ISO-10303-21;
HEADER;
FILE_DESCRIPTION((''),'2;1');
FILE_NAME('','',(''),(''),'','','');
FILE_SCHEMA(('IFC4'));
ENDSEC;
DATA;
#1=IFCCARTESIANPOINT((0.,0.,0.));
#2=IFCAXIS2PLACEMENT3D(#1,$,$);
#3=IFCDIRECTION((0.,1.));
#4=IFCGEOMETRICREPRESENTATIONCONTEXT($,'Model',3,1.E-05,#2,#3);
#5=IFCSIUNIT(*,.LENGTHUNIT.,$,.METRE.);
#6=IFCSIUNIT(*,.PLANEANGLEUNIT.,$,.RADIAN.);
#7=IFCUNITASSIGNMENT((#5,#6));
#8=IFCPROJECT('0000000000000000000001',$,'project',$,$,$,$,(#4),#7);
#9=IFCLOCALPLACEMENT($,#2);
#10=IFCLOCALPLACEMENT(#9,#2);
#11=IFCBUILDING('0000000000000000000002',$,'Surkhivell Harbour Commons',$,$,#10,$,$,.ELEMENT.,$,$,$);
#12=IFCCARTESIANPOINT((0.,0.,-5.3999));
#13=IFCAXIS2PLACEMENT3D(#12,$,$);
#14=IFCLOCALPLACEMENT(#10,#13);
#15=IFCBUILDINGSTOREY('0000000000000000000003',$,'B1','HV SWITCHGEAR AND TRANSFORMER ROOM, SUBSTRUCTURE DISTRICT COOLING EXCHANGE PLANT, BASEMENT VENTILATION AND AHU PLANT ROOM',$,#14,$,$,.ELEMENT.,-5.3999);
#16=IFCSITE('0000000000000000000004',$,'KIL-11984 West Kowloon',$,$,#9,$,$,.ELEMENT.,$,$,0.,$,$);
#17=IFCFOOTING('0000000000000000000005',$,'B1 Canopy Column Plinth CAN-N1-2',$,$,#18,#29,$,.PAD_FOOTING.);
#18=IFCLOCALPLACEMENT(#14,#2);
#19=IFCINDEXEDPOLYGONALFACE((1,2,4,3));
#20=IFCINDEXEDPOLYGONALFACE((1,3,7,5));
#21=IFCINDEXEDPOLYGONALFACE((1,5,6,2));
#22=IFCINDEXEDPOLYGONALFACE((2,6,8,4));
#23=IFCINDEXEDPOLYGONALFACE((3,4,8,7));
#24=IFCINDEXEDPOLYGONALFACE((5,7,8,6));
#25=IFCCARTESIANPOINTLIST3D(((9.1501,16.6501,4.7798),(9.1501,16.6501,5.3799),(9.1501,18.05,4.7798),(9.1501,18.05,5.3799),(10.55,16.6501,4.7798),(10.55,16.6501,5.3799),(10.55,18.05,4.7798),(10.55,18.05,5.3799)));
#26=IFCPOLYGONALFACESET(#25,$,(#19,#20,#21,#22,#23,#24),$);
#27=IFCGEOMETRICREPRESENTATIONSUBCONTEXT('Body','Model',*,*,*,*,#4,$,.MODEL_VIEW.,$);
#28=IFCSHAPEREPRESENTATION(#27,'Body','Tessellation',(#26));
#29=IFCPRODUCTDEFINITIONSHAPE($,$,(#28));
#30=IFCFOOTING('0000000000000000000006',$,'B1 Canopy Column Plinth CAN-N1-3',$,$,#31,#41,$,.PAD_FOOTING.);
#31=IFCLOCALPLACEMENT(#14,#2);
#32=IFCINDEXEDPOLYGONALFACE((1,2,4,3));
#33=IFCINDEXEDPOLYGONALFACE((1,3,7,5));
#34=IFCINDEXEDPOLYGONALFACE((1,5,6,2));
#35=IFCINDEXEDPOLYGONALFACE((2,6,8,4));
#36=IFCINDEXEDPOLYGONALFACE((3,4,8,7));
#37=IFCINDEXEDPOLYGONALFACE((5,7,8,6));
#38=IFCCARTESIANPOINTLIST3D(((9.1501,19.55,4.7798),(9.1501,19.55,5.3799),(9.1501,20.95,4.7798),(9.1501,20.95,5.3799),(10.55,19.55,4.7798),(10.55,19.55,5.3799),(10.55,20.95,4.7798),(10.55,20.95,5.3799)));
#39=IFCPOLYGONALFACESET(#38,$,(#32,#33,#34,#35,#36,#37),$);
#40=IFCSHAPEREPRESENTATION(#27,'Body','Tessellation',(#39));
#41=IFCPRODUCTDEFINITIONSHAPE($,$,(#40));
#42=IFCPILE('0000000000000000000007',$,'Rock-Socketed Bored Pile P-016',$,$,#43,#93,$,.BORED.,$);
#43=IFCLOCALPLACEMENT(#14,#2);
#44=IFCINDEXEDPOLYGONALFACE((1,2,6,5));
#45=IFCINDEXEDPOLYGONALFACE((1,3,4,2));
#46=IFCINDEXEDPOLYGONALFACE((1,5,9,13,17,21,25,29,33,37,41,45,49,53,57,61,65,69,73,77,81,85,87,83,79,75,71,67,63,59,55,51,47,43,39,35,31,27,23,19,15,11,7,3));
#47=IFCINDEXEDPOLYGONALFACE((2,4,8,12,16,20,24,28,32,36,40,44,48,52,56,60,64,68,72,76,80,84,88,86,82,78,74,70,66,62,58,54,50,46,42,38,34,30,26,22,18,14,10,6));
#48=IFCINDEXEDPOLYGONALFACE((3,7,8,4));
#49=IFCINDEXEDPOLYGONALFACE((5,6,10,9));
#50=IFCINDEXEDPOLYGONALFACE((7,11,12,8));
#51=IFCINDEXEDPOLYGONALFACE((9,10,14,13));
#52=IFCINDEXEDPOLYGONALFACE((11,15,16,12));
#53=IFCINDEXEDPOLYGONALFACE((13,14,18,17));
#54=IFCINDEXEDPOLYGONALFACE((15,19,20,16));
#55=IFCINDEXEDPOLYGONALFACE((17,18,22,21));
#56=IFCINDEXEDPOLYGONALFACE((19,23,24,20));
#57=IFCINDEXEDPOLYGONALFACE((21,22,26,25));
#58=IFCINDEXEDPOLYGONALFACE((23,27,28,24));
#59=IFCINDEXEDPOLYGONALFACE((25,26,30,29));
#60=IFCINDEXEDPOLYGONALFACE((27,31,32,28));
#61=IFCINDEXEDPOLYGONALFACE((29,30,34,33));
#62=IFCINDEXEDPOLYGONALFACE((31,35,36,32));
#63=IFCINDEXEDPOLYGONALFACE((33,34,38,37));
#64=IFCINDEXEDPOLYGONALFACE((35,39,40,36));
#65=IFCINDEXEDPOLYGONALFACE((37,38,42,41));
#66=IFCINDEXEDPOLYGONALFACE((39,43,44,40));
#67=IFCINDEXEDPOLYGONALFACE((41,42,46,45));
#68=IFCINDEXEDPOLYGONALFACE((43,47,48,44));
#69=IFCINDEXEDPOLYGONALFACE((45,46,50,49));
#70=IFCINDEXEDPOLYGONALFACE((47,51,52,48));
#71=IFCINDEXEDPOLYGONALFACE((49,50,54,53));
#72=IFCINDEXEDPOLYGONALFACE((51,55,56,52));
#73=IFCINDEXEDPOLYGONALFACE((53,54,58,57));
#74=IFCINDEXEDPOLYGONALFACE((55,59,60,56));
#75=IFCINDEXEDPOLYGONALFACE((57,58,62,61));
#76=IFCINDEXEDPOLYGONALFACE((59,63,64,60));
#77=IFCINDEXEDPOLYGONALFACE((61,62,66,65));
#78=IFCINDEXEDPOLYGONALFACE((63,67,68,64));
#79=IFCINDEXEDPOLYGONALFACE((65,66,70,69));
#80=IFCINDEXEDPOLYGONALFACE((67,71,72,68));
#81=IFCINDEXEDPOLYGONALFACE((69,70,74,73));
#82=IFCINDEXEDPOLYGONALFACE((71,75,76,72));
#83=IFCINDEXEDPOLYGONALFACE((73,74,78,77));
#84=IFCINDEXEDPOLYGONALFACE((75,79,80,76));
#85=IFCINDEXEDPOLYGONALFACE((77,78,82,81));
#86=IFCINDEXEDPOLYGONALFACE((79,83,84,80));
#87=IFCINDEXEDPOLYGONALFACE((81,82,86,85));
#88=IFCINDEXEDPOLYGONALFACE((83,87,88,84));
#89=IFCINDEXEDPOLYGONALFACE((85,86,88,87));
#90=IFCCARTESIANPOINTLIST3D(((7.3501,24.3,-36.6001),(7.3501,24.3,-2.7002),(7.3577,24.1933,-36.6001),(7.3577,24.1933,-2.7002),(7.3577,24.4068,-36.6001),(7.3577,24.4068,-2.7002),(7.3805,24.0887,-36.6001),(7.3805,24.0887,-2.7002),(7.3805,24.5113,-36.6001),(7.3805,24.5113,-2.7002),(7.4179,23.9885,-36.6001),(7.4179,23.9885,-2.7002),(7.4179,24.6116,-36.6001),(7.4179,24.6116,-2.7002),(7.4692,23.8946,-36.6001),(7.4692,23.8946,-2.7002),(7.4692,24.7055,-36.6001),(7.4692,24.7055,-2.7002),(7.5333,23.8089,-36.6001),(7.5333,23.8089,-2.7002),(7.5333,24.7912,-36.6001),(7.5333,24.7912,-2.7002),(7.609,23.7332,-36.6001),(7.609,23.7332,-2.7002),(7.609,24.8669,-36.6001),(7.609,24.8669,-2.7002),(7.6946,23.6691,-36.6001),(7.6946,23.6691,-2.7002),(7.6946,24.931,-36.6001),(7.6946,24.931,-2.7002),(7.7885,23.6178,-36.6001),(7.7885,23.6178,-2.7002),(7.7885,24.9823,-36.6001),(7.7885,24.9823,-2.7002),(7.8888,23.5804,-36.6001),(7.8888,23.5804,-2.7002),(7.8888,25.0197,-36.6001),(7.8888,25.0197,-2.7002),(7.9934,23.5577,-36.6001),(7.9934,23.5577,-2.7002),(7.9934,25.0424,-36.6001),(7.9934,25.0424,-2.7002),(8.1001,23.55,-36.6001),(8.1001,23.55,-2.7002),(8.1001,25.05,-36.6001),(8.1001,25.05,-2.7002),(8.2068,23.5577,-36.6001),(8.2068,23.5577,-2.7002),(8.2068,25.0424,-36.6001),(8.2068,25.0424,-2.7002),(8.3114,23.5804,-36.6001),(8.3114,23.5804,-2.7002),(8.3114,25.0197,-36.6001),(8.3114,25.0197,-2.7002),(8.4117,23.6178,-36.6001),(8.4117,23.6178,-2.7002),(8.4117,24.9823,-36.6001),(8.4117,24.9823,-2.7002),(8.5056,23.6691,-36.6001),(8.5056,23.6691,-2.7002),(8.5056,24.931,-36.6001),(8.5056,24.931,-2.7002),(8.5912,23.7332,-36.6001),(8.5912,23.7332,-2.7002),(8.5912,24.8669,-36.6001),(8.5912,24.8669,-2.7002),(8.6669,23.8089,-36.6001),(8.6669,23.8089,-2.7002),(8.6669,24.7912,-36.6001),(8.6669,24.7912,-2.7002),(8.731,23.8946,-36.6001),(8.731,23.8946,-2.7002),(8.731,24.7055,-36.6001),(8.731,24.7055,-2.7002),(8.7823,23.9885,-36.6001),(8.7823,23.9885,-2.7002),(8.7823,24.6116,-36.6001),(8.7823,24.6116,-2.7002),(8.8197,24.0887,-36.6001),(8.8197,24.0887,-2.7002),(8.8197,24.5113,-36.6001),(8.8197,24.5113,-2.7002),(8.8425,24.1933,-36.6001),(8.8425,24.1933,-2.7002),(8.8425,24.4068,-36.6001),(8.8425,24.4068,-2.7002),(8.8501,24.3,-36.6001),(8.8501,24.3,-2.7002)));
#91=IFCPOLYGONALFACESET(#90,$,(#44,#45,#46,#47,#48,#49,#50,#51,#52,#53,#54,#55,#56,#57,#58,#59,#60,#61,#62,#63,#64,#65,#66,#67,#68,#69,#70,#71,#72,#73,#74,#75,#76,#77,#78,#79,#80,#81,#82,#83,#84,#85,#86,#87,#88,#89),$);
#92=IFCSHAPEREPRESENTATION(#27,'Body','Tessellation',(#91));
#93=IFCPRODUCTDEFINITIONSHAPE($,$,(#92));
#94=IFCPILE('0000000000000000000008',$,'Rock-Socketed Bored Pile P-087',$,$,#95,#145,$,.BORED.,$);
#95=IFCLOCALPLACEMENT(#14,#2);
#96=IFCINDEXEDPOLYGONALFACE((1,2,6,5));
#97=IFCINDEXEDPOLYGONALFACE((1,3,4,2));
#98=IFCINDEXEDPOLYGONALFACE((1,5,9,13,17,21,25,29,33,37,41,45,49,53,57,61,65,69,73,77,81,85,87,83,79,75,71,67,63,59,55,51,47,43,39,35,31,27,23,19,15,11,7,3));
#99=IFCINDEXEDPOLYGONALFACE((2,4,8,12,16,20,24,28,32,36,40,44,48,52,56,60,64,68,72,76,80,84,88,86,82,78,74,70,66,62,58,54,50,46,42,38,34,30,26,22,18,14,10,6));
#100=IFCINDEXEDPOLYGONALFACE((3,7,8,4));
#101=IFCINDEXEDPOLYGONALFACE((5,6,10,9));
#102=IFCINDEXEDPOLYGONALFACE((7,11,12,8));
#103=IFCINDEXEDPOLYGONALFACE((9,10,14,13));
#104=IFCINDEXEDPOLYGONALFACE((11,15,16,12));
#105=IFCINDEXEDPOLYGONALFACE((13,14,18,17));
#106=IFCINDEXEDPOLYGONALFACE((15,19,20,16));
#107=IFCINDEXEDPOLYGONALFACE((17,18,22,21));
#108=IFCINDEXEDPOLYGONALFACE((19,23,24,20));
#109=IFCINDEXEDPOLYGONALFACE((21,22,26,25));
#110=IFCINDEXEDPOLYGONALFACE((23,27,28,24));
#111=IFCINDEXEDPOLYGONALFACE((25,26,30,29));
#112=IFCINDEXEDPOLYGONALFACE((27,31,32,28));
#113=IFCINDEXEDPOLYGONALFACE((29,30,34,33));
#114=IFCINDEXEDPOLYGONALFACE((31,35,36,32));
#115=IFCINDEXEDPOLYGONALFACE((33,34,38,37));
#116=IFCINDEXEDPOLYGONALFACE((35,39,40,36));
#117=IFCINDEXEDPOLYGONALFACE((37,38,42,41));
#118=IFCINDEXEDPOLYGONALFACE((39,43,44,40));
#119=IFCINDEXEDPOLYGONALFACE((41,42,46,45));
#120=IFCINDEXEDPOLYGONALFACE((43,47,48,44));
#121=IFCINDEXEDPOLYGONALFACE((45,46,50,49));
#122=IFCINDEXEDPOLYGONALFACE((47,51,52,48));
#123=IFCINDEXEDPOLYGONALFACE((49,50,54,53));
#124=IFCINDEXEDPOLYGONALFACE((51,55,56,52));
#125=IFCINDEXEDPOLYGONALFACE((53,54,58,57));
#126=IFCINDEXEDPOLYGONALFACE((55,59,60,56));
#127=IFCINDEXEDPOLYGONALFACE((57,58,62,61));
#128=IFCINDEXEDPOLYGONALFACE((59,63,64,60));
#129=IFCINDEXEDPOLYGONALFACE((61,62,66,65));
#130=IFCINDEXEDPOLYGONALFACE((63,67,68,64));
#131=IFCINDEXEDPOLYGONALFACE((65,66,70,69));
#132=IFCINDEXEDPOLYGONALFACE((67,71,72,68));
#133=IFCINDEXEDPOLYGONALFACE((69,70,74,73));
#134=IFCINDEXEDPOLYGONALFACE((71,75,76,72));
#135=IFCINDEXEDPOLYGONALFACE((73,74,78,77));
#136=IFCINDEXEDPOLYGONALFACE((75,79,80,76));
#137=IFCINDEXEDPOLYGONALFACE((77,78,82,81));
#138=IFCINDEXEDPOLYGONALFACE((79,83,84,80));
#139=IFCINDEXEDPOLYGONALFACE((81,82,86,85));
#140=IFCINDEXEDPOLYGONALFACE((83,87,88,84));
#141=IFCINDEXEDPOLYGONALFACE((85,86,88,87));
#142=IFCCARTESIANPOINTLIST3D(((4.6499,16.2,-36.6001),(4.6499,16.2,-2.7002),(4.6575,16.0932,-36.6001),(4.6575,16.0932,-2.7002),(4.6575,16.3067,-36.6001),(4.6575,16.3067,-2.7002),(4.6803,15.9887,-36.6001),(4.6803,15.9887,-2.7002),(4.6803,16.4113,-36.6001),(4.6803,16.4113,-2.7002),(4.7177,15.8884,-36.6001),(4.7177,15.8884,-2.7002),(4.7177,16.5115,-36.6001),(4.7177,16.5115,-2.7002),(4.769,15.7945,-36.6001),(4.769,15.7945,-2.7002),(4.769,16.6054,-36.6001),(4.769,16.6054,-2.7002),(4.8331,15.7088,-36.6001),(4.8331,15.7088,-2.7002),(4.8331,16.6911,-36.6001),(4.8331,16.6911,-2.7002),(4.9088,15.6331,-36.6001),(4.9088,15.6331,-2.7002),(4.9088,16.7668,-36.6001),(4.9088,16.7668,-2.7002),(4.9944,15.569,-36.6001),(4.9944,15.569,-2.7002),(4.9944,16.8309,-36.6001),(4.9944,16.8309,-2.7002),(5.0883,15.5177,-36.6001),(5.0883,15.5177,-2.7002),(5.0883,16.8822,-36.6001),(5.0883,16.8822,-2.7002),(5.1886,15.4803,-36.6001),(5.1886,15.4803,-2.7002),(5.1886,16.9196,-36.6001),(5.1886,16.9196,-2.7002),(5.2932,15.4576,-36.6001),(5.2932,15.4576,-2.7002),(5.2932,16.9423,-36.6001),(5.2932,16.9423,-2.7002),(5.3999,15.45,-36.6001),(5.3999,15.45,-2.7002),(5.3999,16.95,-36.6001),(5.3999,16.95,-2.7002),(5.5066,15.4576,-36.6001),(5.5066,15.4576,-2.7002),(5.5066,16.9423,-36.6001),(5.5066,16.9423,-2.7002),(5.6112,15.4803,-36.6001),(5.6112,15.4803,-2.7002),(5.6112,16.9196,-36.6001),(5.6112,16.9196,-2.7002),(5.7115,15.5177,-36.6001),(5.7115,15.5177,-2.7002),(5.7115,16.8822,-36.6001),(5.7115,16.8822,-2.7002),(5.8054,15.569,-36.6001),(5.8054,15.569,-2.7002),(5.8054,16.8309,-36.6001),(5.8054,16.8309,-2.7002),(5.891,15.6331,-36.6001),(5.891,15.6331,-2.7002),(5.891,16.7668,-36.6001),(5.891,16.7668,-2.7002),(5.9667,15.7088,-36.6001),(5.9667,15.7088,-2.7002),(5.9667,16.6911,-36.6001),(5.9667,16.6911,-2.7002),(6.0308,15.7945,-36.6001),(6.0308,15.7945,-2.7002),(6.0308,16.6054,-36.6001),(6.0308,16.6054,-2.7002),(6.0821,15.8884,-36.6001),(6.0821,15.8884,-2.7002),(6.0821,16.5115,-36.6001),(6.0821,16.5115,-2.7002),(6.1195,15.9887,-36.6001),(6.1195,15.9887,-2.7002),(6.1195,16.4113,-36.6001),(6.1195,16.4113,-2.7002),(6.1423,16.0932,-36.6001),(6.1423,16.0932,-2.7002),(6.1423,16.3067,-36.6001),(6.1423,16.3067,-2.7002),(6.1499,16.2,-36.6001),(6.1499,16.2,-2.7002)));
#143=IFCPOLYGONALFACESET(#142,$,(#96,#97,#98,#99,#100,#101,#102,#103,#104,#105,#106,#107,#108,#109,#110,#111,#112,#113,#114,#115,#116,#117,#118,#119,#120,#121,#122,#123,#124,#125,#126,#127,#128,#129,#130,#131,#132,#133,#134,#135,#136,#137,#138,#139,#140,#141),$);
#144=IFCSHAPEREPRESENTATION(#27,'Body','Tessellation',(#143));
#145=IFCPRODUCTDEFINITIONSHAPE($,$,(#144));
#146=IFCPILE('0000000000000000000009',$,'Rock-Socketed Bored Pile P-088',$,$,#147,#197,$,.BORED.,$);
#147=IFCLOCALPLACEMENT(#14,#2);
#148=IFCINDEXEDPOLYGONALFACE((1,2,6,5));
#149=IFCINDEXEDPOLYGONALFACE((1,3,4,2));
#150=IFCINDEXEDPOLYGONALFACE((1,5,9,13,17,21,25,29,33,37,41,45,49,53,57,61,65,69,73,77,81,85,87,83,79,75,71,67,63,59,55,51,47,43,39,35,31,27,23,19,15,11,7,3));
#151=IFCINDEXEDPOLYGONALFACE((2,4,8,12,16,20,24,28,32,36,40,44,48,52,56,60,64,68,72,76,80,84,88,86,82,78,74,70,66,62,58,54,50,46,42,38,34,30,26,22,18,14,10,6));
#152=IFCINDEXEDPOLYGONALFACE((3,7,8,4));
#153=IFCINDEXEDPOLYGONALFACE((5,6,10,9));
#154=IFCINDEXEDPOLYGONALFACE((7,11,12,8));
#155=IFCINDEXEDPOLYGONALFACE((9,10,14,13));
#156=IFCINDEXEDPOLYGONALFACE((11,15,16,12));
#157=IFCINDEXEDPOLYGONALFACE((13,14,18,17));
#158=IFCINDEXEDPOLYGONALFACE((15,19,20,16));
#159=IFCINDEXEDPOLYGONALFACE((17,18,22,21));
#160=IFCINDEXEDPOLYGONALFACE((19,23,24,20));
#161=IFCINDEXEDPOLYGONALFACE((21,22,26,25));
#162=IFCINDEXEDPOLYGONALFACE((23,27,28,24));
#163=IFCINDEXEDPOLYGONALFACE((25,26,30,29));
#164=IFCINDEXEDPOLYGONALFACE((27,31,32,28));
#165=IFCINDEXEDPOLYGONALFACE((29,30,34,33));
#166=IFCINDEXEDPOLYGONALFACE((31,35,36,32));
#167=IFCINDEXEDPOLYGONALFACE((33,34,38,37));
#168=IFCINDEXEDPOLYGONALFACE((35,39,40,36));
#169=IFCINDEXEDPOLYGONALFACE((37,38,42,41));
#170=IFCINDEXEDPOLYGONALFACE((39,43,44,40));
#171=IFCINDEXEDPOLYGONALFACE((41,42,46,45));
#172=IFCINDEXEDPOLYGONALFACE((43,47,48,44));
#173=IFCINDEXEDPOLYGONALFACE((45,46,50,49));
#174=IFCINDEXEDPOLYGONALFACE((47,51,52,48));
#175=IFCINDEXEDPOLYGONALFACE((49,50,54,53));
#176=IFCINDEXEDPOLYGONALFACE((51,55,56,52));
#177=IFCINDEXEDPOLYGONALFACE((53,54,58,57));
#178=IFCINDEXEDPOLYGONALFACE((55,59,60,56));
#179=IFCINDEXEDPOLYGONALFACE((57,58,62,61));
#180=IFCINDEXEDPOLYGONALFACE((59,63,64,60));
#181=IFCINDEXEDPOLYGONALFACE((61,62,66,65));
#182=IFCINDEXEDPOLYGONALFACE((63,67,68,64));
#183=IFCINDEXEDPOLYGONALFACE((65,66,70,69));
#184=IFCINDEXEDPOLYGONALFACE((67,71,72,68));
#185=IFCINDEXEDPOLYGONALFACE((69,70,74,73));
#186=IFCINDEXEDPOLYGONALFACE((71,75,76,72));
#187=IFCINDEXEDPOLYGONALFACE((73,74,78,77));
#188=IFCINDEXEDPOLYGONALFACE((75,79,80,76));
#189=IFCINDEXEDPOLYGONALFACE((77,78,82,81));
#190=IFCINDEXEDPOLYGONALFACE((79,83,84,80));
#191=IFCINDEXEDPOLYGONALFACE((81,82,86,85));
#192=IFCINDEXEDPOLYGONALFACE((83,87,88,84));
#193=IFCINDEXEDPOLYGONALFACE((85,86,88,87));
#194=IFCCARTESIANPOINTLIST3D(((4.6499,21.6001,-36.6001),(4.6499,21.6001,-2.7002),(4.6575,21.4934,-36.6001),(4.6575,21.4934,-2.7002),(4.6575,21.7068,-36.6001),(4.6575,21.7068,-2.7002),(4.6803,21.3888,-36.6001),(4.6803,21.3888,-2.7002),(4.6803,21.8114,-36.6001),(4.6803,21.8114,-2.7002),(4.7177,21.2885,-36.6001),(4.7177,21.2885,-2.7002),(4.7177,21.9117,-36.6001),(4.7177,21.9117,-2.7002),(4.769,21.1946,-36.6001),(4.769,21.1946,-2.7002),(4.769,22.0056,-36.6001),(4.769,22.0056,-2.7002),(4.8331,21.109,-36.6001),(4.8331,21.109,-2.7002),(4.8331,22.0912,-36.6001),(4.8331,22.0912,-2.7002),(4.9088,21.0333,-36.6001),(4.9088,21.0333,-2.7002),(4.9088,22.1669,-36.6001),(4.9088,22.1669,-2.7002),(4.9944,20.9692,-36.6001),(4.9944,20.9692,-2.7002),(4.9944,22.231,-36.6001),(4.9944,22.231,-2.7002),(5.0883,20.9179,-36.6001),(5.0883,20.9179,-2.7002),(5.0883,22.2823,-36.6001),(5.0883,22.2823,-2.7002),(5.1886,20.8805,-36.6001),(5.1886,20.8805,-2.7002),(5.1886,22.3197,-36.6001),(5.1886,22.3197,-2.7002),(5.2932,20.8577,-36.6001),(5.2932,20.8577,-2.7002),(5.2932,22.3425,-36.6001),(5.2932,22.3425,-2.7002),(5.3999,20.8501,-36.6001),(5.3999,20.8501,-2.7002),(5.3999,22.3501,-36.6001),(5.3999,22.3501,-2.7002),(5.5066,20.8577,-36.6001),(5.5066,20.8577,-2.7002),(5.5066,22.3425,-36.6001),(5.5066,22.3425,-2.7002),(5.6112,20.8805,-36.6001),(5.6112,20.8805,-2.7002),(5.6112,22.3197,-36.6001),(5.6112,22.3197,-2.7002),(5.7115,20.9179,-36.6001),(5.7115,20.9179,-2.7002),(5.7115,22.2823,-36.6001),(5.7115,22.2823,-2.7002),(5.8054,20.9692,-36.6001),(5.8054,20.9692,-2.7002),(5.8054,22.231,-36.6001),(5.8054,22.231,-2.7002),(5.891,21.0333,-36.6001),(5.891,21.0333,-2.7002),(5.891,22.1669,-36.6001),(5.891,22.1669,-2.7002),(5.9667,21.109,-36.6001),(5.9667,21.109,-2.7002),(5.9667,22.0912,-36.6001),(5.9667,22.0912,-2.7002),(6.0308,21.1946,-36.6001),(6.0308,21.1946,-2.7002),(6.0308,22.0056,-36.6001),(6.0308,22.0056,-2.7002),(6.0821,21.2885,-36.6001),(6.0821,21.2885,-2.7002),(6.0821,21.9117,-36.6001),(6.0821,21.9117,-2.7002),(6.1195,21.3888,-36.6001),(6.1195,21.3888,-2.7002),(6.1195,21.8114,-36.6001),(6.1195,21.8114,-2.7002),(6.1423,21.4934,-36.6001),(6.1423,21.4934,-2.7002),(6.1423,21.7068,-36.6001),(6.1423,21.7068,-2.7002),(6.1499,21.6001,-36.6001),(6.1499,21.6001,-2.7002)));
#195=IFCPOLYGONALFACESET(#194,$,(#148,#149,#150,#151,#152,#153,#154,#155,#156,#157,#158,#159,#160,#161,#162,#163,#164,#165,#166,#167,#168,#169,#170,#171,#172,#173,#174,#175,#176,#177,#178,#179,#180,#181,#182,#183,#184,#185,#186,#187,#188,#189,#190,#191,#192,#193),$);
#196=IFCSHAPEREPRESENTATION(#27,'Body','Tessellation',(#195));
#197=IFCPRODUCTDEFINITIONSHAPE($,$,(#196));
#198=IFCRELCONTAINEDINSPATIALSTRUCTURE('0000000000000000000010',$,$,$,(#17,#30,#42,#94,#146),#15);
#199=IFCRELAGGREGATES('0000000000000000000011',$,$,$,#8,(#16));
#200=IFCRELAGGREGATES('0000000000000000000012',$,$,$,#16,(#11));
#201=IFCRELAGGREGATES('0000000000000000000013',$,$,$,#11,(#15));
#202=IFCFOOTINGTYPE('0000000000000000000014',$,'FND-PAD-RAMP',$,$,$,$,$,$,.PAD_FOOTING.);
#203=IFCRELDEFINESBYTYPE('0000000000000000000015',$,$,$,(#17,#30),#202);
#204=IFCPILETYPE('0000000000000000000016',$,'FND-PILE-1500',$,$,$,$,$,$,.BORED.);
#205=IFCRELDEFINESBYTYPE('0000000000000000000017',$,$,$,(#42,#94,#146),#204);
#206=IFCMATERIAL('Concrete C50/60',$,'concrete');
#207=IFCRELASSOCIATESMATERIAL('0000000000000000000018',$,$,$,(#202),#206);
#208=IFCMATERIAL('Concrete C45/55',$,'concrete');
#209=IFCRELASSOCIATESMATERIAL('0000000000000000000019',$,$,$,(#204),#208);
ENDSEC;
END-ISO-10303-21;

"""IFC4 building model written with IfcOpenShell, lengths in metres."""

from ifc_helpers import new_model, si_unit, direction, frame, origin, origin_2d, place, context, subcontext, project, spatial, rectangle, circle, extrude, material, material_profile, profile_set, type_object, element, save


model = new_model("IFC4")

# Units and contexts
model_context = context("Model", 3, precision=1e-05, world=origin(), true_north=direction((0.0, 1.0)))
body_context = subcontext(model_context, "Body", "Model", "MODEL_VIEW")
ifc_project = project(units=[si_unit("LENGTHUNIT", "METRE"), si_unit("PLANEANGLEUNIT", "RADIAN")], contexts=[model_context])

# Site, building, storey
site_placement = place(None, origin())
site = spatial("IfcSite", under=ifc_project, at=site_placement, Name="KIL-11984 West Kowloon", CompositionType="ELEMENT", RefElevation=0.0)
building_placement = place(site_placement, origin())
building = spatial("IfcBuilding", under=site, at=building_placement, Name="Surkhivell Harbour Commons", CompositionType="ELEMENT")
storey_placement = place(building_placement, frame((0.0, 0.0, -5.3999)))
storey = spatial("IfcBuildingStorey", under=building, at=storey_placement, Name="B1", Description="HV SWITCHGEAR AND TRANSFORMER ROOM, SUBSTRUCTURE DISTRICT COOLING EXCHANGE PLANT, BASEMENT VENTILATION AND AHU PLANT ROOM", CompositionType="ELEMENT", Elevation=-5.3999)

# Footings
ifc_material_1 = material(Name="Concrete C50/60", Category="concrete")
footing_type = type_object("IfcFootingType", Name="FND-PAD-RAMP", PredefinedType="PAD_FOOTING", material=ifc_material_1)
for number, where, z_axis, x_axis, name in (
    (1, (9.8501, 17.3501, 4.7798), (0.0, 0.0, 1.0), (1.0, 0.0, 0.0), "B1 Canopy Column Plinth CAN-N1-2"),
    (2, (9.8501, 20.25, 4.7798), (0.0, 0.0, 1.0), (1.0, 0.0, 0.0), "B1 Canopy Column Plinth CAN-N1-3"),
):
    element("IfcFooting", number, at=place(storey_placement, frame(where, z_axis=z_axis, x_axis=x_axis)), inside=storey, type_object=footing_type, Name=name, PredefinedType="PAD_FOOTING", context=body_context, shape_type="SweptSolid", body=[
        extrude(rectangle(XDim=1.3999, YDim=1.3999, at=origin_2d()), origin(), (0.0, 0.0, 1.0), 0.6001),
    ])

# Piles
ifc_material_2 = material(Name="Concrete C45/55", Category="concrete")
ifc_material_profile_1 = material_profile(ifc_material_2, circle(Radius=0.75, at=origin_2d()), Name="PILE-1500")
ifc_profile_set_1 = profile_set([ifc_material_profile_1], Name="Concrete C45/55")
pile_type_1 = type_object("IfcPileType", Name="FND-PILE-1500", PredefinedType="BORED", material=ifc_profile_set_1)
for number, where, z_axis, x_axis, name in (
    (3, (8.1001, 24.3, -2.7002), (0.0, 0.0, -1.0), (1.0, 0.0, 0.0), "Rock-Socketed Bored Pile P-016"),
    (4, (5.3999, 16.2, -2.7002), (0.0, 0.0, -1.0), (1.0, 0.0, 0.0), "Rock-Socketed Bored Pile P-087"),
    (5, (5.3999, 21.6001, -2.7002), (0.0, 0.0, -1.0), (1.0, 0.0, 0.0), "Rock-Socketed Bored Pile P-088"),
):
    element("IfcPile", number, at=place(storey_placement, frame(where, z_axis=z_axis, x_axis=x_axis)), inside=storey, type_object=pile_type_1, Name=name, PredefinedType="BORED", context=body_context, shape_type="SweptSolid", body=[
        extrude(circle(Radius=0.75, at=origin_2d()), origin(), (0.0, 0.0, 1.0), 33.8999),
    ])

save(model, "model.ifc")
